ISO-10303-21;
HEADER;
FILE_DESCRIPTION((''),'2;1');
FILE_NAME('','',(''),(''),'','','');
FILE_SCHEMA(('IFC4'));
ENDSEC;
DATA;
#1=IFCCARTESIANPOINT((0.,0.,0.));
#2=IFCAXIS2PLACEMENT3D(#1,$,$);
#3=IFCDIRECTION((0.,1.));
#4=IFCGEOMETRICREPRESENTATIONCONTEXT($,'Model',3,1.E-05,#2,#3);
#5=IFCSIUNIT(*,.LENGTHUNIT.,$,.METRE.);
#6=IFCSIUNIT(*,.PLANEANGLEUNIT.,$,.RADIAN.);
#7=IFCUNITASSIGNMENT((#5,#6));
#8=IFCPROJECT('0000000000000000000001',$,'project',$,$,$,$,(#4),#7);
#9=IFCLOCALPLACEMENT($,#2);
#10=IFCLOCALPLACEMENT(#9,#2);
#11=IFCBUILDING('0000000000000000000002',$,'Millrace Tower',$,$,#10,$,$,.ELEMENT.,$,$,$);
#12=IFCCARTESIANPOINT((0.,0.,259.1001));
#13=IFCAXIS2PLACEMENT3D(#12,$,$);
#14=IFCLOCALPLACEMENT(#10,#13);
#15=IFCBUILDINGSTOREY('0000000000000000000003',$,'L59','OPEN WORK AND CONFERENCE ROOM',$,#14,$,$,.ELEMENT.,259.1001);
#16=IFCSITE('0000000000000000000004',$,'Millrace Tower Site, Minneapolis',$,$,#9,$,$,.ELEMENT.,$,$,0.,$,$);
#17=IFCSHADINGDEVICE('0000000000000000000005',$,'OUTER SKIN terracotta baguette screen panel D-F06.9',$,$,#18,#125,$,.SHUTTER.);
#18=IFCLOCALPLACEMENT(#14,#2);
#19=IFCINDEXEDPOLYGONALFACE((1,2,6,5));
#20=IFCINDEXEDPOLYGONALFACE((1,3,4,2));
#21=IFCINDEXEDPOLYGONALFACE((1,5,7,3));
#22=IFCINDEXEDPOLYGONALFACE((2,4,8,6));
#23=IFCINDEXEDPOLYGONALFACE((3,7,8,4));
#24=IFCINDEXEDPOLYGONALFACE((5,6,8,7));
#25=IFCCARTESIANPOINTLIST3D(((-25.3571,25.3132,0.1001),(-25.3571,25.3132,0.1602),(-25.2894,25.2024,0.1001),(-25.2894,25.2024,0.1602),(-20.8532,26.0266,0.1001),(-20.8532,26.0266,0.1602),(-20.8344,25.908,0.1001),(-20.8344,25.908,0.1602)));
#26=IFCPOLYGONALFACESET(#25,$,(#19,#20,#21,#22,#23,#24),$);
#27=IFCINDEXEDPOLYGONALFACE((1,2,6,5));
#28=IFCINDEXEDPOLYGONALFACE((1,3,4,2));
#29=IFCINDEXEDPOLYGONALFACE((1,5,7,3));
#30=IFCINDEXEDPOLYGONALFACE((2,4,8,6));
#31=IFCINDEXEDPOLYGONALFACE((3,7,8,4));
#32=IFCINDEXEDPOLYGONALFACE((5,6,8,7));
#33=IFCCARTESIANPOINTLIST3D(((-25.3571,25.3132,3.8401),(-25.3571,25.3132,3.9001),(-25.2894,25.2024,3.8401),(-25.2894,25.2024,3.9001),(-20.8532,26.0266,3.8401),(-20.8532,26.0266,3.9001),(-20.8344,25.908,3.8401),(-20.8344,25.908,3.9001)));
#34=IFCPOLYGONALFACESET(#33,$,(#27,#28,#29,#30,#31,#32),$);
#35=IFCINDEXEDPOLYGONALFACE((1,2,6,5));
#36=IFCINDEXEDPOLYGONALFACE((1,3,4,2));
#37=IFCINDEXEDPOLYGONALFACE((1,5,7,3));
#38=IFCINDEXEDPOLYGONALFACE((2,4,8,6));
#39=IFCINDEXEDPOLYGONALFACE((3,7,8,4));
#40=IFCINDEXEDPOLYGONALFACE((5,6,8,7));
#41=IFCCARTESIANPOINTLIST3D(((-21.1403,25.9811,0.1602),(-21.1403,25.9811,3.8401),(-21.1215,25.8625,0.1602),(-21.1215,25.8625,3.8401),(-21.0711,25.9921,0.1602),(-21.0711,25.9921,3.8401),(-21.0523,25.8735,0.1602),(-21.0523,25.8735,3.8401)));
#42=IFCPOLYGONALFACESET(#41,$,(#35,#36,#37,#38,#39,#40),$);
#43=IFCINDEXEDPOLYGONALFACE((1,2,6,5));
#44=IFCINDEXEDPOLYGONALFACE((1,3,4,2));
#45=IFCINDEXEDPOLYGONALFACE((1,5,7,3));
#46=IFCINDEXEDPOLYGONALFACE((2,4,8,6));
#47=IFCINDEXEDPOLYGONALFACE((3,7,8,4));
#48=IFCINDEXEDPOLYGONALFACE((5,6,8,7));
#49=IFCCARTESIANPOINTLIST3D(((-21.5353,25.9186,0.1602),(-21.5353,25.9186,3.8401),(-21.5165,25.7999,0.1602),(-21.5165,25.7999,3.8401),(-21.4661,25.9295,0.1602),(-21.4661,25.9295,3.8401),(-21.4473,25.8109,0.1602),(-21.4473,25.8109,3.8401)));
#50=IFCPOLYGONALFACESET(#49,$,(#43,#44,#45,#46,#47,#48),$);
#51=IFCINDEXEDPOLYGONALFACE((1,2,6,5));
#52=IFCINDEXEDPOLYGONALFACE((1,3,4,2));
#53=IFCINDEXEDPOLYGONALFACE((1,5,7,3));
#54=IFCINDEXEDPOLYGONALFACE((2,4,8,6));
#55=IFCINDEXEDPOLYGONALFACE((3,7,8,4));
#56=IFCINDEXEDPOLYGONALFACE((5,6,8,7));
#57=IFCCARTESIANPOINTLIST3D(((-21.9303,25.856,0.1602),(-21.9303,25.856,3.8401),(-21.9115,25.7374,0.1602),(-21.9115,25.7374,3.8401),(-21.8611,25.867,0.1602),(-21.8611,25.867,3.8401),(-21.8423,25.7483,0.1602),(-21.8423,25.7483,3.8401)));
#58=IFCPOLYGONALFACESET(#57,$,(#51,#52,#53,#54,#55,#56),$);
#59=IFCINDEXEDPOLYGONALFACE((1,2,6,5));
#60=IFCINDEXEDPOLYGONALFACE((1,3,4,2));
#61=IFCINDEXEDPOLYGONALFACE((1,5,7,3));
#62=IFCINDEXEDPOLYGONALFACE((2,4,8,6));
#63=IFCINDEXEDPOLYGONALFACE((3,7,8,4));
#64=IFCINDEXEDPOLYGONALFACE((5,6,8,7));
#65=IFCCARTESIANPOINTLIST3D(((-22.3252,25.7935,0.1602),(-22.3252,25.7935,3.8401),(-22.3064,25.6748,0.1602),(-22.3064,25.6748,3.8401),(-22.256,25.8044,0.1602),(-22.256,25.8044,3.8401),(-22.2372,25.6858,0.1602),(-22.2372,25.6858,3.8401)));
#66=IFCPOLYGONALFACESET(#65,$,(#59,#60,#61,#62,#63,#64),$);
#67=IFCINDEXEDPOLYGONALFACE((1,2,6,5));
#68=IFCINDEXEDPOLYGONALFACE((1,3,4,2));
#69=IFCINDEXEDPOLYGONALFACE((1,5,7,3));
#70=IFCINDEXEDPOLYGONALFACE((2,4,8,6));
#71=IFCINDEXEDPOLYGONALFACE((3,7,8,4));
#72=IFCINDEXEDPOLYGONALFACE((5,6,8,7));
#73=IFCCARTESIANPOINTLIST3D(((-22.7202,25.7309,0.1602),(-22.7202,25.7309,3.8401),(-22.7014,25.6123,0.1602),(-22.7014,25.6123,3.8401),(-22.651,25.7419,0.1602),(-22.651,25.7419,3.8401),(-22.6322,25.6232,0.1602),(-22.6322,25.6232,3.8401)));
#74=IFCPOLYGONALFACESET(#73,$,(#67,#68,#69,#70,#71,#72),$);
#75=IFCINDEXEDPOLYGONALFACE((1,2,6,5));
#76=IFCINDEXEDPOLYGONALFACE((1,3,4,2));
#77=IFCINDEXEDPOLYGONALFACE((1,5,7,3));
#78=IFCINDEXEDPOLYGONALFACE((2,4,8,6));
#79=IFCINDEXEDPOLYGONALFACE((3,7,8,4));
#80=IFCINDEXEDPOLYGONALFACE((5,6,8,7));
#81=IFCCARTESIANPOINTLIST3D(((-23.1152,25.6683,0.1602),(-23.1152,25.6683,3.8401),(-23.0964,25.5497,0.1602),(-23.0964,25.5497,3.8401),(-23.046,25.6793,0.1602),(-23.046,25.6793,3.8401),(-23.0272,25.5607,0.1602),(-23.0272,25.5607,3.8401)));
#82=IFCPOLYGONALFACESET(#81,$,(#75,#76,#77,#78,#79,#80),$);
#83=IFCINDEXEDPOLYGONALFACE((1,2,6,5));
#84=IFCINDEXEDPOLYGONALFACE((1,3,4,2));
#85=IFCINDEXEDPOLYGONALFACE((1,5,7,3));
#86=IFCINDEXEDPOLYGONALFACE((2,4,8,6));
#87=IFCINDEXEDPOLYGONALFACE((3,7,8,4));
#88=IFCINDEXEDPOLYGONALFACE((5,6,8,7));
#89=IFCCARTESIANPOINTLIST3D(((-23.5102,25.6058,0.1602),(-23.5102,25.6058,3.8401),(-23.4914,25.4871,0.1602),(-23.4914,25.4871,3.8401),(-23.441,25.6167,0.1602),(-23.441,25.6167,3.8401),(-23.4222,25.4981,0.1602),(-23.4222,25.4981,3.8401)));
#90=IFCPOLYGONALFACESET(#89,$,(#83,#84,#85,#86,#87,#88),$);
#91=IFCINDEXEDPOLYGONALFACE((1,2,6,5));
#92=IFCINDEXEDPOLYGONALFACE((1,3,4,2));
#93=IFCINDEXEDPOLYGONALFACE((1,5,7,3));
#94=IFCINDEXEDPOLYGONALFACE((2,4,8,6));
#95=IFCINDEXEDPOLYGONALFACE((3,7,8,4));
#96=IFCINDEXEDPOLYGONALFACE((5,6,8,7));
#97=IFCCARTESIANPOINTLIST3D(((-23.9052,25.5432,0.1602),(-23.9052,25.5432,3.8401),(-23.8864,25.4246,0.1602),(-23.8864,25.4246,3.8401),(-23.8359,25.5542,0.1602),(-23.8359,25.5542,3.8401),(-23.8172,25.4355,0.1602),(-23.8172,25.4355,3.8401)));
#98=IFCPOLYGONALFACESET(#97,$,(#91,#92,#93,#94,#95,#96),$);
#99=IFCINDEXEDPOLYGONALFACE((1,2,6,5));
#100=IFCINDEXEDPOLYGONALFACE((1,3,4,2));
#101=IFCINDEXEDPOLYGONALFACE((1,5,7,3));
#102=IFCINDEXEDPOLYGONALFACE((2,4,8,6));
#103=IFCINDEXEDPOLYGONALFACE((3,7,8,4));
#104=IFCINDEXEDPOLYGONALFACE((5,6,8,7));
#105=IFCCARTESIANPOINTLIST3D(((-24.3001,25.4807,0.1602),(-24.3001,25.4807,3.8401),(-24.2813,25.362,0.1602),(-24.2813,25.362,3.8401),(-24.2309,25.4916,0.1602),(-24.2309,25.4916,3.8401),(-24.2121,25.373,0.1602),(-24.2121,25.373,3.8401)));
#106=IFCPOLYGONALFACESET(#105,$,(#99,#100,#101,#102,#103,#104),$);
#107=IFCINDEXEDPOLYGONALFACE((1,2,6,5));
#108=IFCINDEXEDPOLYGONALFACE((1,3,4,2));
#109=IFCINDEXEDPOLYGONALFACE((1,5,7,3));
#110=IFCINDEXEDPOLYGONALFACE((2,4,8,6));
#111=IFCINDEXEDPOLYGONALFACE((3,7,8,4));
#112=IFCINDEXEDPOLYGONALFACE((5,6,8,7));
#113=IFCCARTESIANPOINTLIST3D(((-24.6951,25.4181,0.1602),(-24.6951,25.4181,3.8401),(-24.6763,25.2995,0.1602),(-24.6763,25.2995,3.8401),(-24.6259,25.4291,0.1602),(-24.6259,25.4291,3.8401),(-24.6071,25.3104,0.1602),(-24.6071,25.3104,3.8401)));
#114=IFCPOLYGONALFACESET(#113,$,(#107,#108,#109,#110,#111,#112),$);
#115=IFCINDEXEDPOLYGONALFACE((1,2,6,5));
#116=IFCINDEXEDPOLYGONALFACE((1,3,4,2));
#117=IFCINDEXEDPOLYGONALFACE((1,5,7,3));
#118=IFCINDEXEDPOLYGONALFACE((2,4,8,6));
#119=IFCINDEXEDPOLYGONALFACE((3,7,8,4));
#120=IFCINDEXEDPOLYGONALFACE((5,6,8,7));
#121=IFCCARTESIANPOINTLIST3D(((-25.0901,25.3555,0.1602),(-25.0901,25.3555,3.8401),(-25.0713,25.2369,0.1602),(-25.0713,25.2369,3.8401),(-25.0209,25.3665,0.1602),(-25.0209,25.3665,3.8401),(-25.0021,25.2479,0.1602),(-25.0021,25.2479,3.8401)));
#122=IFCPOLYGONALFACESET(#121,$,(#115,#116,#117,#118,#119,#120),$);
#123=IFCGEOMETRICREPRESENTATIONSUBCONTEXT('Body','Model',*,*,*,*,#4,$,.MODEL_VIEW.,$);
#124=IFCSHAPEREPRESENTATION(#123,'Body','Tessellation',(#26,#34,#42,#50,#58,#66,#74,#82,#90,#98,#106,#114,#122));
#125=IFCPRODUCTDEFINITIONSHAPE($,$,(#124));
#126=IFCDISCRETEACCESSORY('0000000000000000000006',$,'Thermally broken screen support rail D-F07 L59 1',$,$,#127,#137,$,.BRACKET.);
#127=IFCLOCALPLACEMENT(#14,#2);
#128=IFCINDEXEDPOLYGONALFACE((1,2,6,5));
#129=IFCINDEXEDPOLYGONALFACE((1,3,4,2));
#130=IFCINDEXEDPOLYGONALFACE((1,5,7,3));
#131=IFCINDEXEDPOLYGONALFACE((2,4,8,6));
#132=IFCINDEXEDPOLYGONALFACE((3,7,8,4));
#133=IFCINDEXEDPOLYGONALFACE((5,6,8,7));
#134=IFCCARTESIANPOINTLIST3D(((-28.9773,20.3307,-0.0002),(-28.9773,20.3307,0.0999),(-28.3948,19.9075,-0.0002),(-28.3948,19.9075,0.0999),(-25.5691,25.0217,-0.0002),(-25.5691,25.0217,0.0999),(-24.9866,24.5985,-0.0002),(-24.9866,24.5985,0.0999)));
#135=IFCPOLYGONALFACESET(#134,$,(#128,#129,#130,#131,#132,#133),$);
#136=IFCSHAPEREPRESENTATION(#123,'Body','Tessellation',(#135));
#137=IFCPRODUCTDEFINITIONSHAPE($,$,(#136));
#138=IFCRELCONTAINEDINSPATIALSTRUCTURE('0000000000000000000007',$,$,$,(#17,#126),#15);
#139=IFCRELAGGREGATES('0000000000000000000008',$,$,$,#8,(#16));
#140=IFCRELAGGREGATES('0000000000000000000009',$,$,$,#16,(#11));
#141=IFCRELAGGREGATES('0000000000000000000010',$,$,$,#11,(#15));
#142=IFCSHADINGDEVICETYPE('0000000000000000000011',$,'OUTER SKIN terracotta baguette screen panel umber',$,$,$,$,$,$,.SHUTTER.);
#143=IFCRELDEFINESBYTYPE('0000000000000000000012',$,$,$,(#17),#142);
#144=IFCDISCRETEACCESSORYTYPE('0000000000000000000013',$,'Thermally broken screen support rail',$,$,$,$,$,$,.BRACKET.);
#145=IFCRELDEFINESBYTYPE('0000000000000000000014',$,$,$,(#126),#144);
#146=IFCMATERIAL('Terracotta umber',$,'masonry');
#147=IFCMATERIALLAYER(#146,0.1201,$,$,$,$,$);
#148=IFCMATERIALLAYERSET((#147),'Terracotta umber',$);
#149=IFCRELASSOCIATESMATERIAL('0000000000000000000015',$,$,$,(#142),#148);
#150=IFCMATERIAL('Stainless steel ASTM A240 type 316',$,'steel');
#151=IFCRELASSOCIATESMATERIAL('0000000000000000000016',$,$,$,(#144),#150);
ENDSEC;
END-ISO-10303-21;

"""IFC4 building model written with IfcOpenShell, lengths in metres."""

from ifc_helpers import new_model, entity, si_unit, direction, frame, frame_2d, origin, origin_2d, place, context, subcontext, project, spatial, rectangle, extrude, source, transform, mapped, material, layer, layer_set, type_object, element, save


model = new_model("IFC4")

# Units and contexts
model_context = context("Model", 3, precision=1e-05, world=origin(), true_north=direction((0.0, 1.0)))
body_context = subcontext(model_context, "Body", "Model", "MODEL_VIEW")
ifc_project = project(units=[si_unit("LENGTHUNIT", "METRE"), si_unit("PLANEANGLEUNIT", "RADIAN")], contexts=[model_context])

# Site, building, storey
site_placement = place(None, origin())
site = spatial("IfcSite", under=ifc_project, at=site_placement, Name="Millrace Tower Site, Minneapolis", CompositionType="ELEMENT", RefElevation=0.0)
building_placement = place(site_placement, origin())
building = spatial("IfcBuilding", under=site, at=building_placement, Name="Millrace Tower", CompositionType="ELEMENT")
storey_placement = place(building_placement, frame((0.0, 0.0, 259.1001)))
storey = spatial("IfcBuildingStorey", under=building, at=storey_placement, Name="L59", Description="OPEN WORK AND CONFERENCE ROOM", CompositionType="ELEMENT", Elevation=259.1001)

# Shading device
ifc_material_1 = material(Name="Terracotta umber", Category="masonry")
ifc_layer_1 = layer(ifc_material_1, 0.1201)
ifc_layer_set_1 = layer_set([ifc_layer_1], Name="Terracotta umber")
shading_device_type = type_object("IfcShadingDeviceType", Name="OUTER SKIN terracotta baguette screen panel umber", PredefinedType="SHUTTER", material=ifc_layer_set_1)
cartesian_point_1 = entity("IfcCartesianPoint", [-2.2676, 0.0601])
shared_polyline_1 = entity("IfcPolyline", [cartesian_point_1, entity("IfcCartesianPoint", [2.2429, 0.0601]), entity("IfcCartesianPoint", [2.2925, -0.0601]), entity("IfcCartesianPoint", [-2.2676, -0.0601]), cartesian_point_1])
shared_shape_1 = source(origin(), body_context, "Body", "SweptSolid", [
    entity("IfcExtrudedAreaSolid", entity("IfcArbitraryClosedProfileDef", "AREA", None, shared_polyline_1), entity("IfcAxis2Placement3D", entity("IfcCartesianPoint", [0.0, 0.0, 0.0])), entity("IfcDirection", [0.0, 0.0, 1.0]), 0.0601),
    entity("IfcExtrudedAreaSolid", entity("IfcArbitraryClosedProfileDef", "AREA", None, shared_polyline_1), entity("IfcAxis2Placement3D", entity("IfcCartesianPoint", [0.0, 0.0, 3.74])), entity("IfcDirection", [0.0, 0.0, 1.0]), 0.0601),
    extrude(rectangle(XDim=0.0701, YDim=0.1201, at=frame_2d((-2.012, 0.0))), frame((0.0, 0.0, 0.0601)), (0.0, 0.0, 1.0), 3.6799),
    extrude(rectangle(XDim=0.0701, YDim=0.1201, at=frame_2d((-1.6121, 0.0))), frame((0.0, 0.0, 0.0601)), (0.0, 0.0, 1.0), 3.6799),
    extrude(rectangle(XDim=0.0701, YDim=0.1201, at=frame_2d((-1.2122, 0.0))), frame((0.0, 0.0, 0.0601)), (0.0, 0.0, 1.0), 3.6799),
    extrude(rectangle(XDim=0.0701, YDim=0.1201, at=frame_2d((-0.8123, 0.0))), frame((0.0, 0.0, 0.0601)), (0.0, 0.0, 1.0), 3.6799),
    extrude(rectangle(XDim=0.0701, YDim=0.1201, at=frame_2d((-0.4124, 0.0))), frame((0.0, 0.0, 0.0601)), (0.0, 0.0, 1.0), 3.6799),
    extrude(rectangle(XDim=0.0701, YDim=0.1201, at=frame_2d((-0.0125, 0.0))), frame((0.0, 0.0, 0.0601)), (0.0, 0.0, 1.0), 3.6799),
    extrude(rectangle(XDim=0.0701, YDim=0.1201, at=frame_2d((0.3875, 0.0))), frame((0.0, 0.0, 0.0601)), (0.0, 0.0, 1.0), 3.6799),
    extrude(rectangle(XDim=0.0701, YDim=0.1201, at=frame_2d((0.7874, 0.0))), frame((0.0, 0.0, 0.0601)), (0.0, 0.0, 1.0), 3.6799),
    extrude(rectangle(XDim=0.0701, YDim=0.1201, at=frame_2d((1.1873, 0.0))), frame((0.0, 0.0, 0.0601)), (0.0, 0.0, 1.0), 3.6799),
    extrude(rectangle(XDim=0.0701, YDim=0.1201, at=frame_2d((1.5872, 0.0))), frame((0.0, 0.0, 0.0601)), (0.0, 0.0, 1.0), 3.6799),
    extrude(rectangle(XDim=0.0701, YDim=0.1201, at=frame_2d((1.9871, 0.0))), frame((0.0, 0.0, 0.0601)), (0.0, 0.0, 1.0), 3.6799),
])
shading_device_1_placement = place(storey_placement, frame((-23.0835, 25.6125, 0.1001), z_axis=(0.0, 0.0, 1.0), x_axis=(-0.987688, -0.156434, 0.0)))
element("IfcShadingDevice", 1, at=shading_device_1_placement, inside=storey, type_object=shading_device_type, Name="OUTER SKIN terracotta baguette screen panel D-F06.9", PredefinedType="SHUTTER", context=body_context, shape_type="MappedRepresentation", body=[
    mapped(shared_shape_1, transform((0.0, 0.0, 0.0), scale=1.0)),
])

# Discrete accessory
ifc_material_2 = material(Name="Stainless steel ASTM A240 type 316", Category="steel")
discrete_accessory_type = type_object("IfcDiscreteAccessoryType", Name="Thermally broken screen support rail", PredefinedType="BRACKET", material=ifc_material_2)
discrete_accessory_placement = place(storey_placement, frame((-26.9819, 22.4646, -0.0002), z_axis=(0.0, 0.0, 1.0), x_axis=(-0.587785, -0.809017, 0.0)))
element("IfcDiscreteAccessory", 2, at=discrete_accessory_placement, inside=storey, type_object=discrete_accessory_type, Name="Thermally broken screen support rail D-F07 L59 1", PredefinedType="BRACKET", context=body_context, shape_type="SweptSolid", body=[
    extrude(rectangle(XDim=5.7983, YDim=0.72, at=origin_2d()), origin(), (0.0, 0.0, 1.0), 0.1001),
])

save(model, "model.ifc")
